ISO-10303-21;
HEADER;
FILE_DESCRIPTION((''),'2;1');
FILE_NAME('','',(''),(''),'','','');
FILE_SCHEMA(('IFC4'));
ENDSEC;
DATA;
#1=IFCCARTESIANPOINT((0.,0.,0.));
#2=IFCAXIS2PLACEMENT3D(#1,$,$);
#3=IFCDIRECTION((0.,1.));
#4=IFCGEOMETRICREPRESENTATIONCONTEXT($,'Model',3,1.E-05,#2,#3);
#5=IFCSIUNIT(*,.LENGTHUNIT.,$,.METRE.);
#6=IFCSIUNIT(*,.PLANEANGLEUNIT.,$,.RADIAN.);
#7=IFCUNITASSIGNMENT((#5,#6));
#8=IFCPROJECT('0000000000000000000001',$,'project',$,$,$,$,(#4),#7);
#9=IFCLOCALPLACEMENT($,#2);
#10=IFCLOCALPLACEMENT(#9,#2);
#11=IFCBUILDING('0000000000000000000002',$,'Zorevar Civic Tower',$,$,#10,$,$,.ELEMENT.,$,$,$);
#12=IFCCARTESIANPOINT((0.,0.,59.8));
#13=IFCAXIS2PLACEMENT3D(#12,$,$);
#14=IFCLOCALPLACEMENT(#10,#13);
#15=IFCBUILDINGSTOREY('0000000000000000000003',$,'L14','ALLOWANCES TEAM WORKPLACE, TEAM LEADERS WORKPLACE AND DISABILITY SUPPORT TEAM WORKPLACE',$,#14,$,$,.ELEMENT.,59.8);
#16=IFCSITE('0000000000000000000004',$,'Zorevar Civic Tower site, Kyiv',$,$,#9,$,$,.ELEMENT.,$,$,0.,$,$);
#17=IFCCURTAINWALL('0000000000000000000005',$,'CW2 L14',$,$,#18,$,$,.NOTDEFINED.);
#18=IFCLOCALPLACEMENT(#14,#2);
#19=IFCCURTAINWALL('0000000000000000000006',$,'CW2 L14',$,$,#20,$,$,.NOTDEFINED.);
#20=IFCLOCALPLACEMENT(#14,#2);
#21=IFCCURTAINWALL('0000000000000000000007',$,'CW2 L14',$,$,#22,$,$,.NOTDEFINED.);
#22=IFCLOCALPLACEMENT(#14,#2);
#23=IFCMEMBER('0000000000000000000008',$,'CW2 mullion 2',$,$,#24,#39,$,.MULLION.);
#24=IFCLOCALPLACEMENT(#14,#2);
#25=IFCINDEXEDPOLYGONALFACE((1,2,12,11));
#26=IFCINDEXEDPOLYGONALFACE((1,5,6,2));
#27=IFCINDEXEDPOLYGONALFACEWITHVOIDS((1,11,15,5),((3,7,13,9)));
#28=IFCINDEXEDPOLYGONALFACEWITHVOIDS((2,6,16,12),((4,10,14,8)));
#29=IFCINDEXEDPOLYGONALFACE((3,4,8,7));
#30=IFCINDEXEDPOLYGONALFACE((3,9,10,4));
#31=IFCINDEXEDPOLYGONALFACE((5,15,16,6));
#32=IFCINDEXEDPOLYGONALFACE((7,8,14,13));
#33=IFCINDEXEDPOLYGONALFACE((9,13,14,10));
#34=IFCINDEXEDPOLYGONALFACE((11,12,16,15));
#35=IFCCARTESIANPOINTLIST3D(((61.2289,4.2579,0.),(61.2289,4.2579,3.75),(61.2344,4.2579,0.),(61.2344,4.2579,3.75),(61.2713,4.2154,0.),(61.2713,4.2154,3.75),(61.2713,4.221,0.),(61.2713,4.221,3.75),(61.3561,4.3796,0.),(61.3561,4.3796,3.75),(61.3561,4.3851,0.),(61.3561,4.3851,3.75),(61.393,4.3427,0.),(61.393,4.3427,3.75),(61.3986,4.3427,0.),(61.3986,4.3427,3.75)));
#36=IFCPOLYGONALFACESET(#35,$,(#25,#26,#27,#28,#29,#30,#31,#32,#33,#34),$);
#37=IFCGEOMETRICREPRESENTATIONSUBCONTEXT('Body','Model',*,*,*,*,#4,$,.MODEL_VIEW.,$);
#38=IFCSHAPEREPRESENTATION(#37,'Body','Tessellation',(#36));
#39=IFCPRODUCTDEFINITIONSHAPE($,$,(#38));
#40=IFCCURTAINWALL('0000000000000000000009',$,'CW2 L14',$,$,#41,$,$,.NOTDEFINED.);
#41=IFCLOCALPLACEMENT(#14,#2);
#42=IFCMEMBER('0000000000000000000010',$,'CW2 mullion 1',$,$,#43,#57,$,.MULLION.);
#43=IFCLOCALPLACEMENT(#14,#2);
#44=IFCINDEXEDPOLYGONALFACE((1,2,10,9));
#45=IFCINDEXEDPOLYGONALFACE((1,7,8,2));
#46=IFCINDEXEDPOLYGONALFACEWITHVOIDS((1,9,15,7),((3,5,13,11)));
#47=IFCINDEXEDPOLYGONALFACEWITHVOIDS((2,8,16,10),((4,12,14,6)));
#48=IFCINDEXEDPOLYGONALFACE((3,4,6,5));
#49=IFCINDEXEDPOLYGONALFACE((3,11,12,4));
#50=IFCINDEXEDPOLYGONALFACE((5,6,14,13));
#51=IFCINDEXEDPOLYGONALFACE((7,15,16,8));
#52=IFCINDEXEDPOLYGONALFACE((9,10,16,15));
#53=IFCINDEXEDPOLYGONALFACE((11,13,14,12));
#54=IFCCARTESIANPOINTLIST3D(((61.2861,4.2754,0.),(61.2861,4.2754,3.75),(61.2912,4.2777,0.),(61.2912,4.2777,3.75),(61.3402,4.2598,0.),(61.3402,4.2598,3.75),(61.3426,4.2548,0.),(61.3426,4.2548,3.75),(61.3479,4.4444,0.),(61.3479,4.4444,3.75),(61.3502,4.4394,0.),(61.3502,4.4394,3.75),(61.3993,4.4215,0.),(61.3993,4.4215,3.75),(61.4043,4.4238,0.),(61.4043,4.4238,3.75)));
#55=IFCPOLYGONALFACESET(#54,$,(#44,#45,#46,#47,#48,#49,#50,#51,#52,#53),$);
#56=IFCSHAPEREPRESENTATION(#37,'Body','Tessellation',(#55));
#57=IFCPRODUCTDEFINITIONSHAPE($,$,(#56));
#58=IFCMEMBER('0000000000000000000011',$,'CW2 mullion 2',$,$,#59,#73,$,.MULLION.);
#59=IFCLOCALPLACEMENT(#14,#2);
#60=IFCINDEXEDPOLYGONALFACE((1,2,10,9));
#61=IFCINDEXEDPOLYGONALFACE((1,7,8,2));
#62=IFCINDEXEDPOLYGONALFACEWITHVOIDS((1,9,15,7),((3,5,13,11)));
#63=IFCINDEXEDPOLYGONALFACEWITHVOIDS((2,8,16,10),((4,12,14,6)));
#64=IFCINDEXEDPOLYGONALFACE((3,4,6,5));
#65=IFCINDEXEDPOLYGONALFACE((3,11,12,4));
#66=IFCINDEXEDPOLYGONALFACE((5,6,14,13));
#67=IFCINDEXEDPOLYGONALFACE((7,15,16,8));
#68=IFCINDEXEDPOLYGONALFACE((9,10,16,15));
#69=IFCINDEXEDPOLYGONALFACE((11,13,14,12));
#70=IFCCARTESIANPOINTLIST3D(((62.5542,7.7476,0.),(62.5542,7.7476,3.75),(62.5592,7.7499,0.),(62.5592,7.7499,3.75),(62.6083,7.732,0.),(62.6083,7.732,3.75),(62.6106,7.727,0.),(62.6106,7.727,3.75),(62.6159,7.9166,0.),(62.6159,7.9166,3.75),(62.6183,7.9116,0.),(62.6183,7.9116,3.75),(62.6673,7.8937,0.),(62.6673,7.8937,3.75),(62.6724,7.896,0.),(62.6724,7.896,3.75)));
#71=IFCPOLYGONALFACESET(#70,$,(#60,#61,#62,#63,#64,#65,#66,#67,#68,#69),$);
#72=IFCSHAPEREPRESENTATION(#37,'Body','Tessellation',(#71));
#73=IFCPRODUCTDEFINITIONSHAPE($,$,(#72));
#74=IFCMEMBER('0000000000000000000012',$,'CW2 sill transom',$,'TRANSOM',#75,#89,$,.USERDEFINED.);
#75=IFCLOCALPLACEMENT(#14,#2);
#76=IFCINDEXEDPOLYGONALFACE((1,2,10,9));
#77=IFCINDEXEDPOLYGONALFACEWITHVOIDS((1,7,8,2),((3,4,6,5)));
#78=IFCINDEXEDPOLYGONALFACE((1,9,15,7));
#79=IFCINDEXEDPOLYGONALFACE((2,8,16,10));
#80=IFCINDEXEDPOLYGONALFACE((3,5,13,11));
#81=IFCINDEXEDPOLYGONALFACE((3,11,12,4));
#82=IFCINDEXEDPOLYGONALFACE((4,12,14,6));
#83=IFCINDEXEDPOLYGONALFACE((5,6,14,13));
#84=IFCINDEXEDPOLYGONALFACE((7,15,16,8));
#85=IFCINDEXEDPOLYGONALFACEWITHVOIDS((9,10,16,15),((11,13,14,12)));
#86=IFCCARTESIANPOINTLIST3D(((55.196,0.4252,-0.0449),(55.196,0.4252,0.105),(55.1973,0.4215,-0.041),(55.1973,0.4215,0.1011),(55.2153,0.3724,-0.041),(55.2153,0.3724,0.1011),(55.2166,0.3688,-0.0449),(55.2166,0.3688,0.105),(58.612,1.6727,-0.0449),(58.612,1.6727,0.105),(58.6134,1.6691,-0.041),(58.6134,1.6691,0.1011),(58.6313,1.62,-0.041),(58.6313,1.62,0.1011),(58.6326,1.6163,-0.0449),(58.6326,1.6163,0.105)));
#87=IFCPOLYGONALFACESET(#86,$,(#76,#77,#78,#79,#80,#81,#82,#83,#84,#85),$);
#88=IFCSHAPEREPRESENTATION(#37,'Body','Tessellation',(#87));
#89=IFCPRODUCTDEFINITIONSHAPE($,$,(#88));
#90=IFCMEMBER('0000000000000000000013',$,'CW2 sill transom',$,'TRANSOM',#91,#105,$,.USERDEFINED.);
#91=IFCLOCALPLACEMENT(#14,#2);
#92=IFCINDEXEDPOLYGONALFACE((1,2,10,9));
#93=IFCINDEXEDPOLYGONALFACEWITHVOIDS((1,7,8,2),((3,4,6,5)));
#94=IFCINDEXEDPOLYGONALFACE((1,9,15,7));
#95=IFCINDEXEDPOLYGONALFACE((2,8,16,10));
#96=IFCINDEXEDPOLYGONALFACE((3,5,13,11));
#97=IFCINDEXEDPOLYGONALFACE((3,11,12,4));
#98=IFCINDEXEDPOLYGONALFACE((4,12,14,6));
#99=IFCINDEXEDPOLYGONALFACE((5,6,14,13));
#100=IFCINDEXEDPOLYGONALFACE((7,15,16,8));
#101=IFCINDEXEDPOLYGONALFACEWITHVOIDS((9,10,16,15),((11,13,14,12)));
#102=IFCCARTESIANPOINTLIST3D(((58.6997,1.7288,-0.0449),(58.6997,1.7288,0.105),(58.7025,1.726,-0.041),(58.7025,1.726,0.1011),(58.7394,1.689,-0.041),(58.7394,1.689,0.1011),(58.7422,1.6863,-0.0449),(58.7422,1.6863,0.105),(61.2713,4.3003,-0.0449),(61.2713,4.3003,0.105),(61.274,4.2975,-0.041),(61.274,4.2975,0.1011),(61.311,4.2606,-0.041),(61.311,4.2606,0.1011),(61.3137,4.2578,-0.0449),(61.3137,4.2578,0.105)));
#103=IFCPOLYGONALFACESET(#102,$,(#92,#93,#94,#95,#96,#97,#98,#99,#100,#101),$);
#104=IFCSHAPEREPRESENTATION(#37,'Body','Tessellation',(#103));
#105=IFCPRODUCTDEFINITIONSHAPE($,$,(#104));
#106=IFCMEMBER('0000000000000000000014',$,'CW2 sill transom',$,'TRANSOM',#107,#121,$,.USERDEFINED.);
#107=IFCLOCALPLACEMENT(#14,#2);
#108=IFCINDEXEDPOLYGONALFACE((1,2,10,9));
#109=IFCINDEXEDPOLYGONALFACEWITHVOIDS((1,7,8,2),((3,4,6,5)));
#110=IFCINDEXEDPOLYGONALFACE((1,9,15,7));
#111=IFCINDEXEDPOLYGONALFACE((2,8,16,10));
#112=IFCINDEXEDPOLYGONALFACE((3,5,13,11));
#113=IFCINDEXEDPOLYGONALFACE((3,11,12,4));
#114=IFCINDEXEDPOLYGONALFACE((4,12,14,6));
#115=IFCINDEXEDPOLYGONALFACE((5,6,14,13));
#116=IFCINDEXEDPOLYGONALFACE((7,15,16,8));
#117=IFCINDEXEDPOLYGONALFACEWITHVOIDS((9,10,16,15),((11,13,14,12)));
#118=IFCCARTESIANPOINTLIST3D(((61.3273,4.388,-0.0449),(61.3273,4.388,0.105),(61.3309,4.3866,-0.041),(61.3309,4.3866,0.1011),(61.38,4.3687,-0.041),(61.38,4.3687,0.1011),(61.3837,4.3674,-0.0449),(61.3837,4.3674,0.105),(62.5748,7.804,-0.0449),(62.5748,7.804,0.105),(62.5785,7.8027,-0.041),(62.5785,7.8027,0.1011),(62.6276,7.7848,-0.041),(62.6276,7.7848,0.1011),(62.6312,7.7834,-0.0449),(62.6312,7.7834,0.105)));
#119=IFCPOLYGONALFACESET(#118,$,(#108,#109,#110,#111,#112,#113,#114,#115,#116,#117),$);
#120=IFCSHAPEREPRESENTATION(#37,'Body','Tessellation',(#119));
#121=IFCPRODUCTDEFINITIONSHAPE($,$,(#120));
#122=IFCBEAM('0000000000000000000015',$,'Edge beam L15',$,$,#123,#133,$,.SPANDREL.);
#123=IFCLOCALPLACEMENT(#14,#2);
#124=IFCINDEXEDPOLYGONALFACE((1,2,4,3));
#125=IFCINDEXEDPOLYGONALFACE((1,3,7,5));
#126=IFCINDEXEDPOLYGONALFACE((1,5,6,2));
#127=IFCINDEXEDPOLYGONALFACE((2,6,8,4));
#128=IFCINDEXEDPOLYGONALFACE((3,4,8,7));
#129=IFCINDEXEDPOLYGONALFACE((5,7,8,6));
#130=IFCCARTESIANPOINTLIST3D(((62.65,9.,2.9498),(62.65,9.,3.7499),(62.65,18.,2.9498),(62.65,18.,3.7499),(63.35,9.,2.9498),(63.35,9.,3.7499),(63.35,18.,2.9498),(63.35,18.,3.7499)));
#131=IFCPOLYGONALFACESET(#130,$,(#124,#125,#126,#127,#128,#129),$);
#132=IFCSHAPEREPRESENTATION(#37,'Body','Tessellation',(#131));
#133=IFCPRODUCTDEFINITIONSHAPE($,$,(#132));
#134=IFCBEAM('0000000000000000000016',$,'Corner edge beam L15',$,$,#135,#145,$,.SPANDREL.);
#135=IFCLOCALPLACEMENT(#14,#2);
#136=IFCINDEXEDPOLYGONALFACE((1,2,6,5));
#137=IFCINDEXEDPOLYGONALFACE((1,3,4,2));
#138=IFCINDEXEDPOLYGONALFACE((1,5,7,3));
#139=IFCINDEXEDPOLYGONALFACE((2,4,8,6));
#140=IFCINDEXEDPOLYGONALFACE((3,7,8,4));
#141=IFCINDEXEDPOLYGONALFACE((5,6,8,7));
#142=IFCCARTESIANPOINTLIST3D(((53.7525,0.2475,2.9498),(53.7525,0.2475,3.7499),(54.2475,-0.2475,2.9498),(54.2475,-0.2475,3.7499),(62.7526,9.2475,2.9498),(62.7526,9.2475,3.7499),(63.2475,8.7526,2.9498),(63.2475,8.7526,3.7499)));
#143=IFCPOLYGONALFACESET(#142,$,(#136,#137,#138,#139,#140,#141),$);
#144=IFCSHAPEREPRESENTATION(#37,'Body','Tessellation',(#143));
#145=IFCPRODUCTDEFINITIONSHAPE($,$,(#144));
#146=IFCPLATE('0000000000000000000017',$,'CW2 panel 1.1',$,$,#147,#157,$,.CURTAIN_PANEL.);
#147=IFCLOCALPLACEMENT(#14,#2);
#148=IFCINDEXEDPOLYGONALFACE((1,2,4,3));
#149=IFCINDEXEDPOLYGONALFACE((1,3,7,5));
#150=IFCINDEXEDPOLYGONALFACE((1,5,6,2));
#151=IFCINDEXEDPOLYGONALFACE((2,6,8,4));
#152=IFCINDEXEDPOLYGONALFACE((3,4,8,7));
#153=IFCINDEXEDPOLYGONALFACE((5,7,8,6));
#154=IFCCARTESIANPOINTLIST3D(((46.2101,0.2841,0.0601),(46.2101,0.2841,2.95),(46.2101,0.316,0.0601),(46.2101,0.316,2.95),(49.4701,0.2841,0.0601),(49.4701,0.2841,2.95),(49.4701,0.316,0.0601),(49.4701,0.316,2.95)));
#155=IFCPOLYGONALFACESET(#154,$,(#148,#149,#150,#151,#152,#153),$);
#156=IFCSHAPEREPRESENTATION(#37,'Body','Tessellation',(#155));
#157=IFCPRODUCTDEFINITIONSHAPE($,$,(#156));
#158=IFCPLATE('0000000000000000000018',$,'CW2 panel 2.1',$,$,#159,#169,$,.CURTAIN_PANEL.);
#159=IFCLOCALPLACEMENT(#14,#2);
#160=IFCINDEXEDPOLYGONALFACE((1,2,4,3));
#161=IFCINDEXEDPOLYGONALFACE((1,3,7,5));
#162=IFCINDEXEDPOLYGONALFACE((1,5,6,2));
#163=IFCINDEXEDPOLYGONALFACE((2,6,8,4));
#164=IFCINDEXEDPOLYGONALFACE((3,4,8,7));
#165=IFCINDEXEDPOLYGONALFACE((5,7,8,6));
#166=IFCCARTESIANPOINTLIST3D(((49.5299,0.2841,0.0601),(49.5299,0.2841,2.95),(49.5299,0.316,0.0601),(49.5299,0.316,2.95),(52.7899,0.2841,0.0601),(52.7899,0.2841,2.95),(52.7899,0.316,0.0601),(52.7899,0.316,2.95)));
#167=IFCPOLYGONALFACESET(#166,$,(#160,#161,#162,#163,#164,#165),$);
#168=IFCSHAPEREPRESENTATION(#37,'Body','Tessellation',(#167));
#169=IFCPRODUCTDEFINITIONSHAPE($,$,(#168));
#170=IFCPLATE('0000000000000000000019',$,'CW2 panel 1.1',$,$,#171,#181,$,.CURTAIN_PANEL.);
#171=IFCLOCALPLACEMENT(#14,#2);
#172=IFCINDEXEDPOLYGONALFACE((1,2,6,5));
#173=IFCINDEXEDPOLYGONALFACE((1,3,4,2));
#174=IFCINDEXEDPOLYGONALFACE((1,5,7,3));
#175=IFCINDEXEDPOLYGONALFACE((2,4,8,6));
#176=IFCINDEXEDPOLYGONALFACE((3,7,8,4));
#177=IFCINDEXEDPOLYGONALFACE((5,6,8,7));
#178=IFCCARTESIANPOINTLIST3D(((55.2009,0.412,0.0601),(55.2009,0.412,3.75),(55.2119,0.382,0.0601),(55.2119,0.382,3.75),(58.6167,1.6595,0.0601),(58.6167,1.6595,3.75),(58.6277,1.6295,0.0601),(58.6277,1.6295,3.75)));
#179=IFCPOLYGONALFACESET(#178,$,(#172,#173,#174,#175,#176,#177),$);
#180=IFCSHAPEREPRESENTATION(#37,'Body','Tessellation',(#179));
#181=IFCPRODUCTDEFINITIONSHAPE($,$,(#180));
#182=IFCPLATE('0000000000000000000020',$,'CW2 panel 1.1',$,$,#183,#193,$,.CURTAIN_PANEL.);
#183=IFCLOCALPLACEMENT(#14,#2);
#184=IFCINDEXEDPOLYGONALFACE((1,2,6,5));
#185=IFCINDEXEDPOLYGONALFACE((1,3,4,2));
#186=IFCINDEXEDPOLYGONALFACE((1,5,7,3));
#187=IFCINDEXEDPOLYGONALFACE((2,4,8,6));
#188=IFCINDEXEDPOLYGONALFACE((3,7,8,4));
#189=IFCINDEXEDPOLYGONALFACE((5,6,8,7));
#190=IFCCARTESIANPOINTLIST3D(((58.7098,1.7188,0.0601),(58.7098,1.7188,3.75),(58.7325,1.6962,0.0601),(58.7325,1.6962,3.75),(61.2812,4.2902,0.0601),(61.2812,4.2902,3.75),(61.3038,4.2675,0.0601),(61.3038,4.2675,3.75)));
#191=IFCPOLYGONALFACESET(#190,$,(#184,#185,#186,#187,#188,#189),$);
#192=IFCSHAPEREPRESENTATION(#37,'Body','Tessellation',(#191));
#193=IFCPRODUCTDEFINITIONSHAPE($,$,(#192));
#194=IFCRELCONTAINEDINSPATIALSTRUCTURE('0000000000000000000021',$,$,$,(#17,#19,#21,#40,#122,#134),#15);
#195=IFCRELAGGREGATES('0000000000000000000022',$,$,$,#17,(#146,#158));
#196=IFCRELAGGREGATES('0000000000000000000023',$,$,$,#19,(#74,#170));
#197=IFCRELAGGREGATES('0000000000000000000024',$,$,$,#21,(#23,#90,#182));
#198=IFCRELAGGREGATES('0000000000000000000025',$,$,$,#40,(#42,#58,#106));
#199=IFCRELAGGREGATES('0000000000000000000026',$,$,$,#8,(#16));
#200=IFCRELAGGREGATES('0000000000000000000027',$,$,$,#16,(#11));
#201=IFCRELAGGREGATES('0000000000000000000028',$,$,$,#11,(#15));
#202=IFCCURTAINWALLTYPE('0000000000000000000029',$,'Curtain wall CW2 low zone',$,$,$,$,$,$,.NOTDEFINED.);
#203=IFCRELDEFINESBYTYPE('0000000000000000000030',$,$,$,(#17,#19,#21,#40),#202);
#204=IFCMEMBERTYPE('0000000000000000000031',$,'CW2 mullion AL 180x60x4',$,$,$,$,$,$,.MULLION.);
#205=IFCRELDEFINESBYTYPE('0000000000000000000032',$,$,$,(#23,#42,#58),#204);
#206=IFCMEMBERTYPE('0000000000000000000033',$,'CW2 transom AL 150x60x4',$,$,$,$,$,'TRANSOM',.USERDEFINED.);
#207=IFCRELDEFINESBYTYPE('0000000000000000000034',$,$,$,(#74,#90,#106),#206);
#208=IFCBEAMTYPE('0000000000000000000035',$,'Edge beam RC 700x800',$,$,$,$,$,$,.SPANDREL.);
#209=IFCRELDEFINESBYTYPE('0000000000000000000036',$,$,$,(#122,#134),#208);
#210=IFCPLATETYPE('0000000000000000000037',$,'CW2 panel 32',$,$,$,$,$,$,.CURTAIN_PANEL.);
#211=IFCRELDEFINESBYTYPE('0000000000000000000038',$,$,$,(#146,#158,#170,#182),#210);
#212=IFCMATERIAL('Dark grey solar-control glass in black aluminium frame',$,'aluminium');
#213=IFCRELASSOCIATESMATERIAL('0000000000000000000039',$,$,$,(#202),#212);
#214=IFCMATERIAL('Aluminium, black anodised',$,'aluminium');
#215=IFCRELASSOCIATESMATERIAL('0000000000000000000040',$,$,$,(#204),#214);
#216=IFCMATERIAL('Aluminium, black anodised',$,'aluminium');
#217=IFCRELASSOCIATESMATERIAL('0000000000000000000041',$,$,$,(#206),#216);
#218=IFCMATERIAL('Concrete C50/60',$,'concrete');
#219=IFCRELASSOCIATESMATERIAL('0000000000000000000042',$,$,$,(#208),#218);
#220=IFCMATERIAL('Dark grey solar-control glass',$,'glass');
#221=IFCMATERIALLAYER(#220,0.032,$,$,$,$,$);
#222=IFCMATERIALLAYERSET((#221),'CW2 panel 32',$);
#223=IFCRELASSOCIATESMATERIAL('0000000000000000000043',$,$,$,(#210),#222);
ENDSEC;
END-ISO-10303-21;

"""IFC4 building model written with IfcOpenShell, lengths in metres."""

from ifc_helpers import new_model, si_unit, direction, frame, origin, origin_2d, place, context, subcontext, project, spatial, rectangle, hollow_rectangle, extrude, material, layer, layer_set, material_profile, profile_set, type_object, element, aggregate, save


model = new_model("IFC4")

# Units and contexts
model_context = context("Model", 3, precision=1e-05, world=origin(), true_north=direction((0.0, 1.0)))
body_context = subcontext(model_context, "Body", "Model", "MODEL_VIEW")
ifc_project = project(units=[si_unit("LENGTHUNIT", "METRE"), si_unit("PLANEANGLEUNIT", "RADIAN")], contexts=[model_context])

# Site, building, storey
site_placement = place(None, origin())
site = spatial("IfcSite", under=ifc_project, at=site_placement, Name="Zorevar Civic Tower site, Kyiv", CompositionType="ELEMENT", RefElevation=0.0)
building_placement = place(site_placement, origin())
building = spatial("IfcBuilding", under=site, at=building_placement, Name="Zorevar Civic Tower", CompositionType="ELEMENT")
storey_placement = place(building_placement, frame((0.0, 0.0, 59.8)))
storey = spatial("IfcBuildingStorey", under=building, at=storey_placement, Name="L14", Description="ALLOWANCES TEAM WORKPLACE, TEAM LEADERS WORKPLACE AND DISABILITY SUPPORT TEAM WORKPLACE", CompositionType="ELEMENT", Elevation=59.8)

# Curtain wall
ifc_material_1 = material(Name="Dark grey solar-control glass in black aluminium frame", Category="aluminium")
curtain_wall_type = type_object("IfcCurtainWallType", Name="Curtain wall CW2 low zone", PredefinedType="NOTDEFINED", material=ifc_material_1)
curtain_wall_1_placement = place(storey_placement, origin())
curtain_wall_1 = element("IfcCurtainWall", 1, at=curtain_wall_1_placement, inside=storey, type_object=curtain_wall_type, Name="CW2 L14", PredefinedType="NOTDEFINED")
ifc_material_2 = material(Name="Aluminium, black anodised", Category="aluminium")
ifc_material_profile_1 = material_profile(ifc_material_2, hollow_rectangle(XDim=0.0601, YDim=0.1799, WallThickness=0.0039, at=origin_2d()), Name="AL 180x60x4")
ifc_profile_set_1 = profile_set([ifc_material_profile_1], Name="Aluminium, black anodised")
member_type_1 = type_object("IfcMemberType", Name="CW2 mullion AL 180x60x4", PredefinedType="MULLION", material=ifc_profile_set_1)

# Curtain walls, members
curtain_wall_2_placement = place(storey_placement, origin())
curtain_wall_2 = element("IfcCurtainWall", 2, at=curtain_wall_2_placement, inside=storey, type_object=curtain_wall_type, Name="CW2 L14", PredefinedType="NOTDEFINED")
curtain_wall_3_placement = place(storey_placement, origin())
curtain_wall_3 = element("IfcCurtainWall", 3, at=curtain_wall_3_placement, inside=storey, type_object=curtain_wall_type, Name="CW2 L14", PredefinedType="NOTDEFINED")
member_1_placement = place(storey_placement, frame((61.3137, 4.3003, 0.0), z_axis=(0.0, 0.0, 1.0), x_axis=(-0.707107, 0.707107, 0.0)))
member_1 = element("IfcMember", 4, at=member_1_placement, type_object=member_type_1, Name="CW2 mullion 2", PredefinedType="MULLION", context=body_context, shape_type="SweptSolid", body=[
    extrude(hollow_rectangle(XDim=0.0601, YDim=0.1799, WallThickness=0.0039, at=origin_2d()), origin(), (0.0, 0.0, 1.0), 3.75),
])
curtain_wall_4_placement = place(storey_placement, origin())
curtain_wall_4 = element("IfcCurtainWall", 5, at=curtain_wall_4_placement, inside=storey, type_object=curtain_wall_type, Name="CW2 L14", PredefinedType="NOTDEFINED")
member_2_placement = place(storey_placement, frame((61.3452, 4.3496, 0.0), z_axis=(0.0, 0.0, 1.0), x_axis=(-0.939313, 0.34306, 0.0)))
member_2 = element("IfcMember", 6, at=member_2_placement, type_object=member_type_1, Name="CW2 mullion 1", PredefinedType="MULLION", context=body_context, shape_type="SweptSolid", body=[
    extrude(hollow_rectangle(XDim=0.0601, YDim=0.1799, WallThickness=0.0039, at=origin_2d()), origin(), (0.0, 0.0, 1.0), 3.75),
])
member_3_placement = place(storey_placement, frame((62.6133, 7.8218, 0.0), z_axis=(0.0, 0.0, 1.0), x_axis=(-0.939313, 0.34306, 0.0)))
member_3 = element("IfcMember", 7, at=member_3_placement, type_object=member_type_1, Name="CW2 mullion 2", PredefinedType="MULLION", context=body_context, shape_type="SweptSolid", body=[
    extrude(hollow_rectangle(XDim=0.0601, YDim=0.1799, WallThickness=0.0039, at=origin_2d()), origin(), (0.0, 0.0, 1.0), 3.75),
])

# Members
ifc_material_3 = material(Name="Aluminium, black anodised", Category="aluminium")
ifc_material_profile_2 = material_profile(ifc_material_3, hollow_rectangle(XDim=0.0601, YDim=0.1499, WallThickness=0.0039, at=origin_2d()), Name="AL 150x60x4")
ifc_profile_set_2 = profile_set([ifc_material_profile_2], Name="Aluminium, black anodised")
member_type_2 = type_object("IfcMemberType", Name="CW2 transom AL 150x60x4", ElementType="TRANSOM", PredefinedType="USERDEFINED", material=ifc_profile_set_2)
member_4_placement = place(storey_placement, frame((55.2063, 0.397, 0.03), z_axis=(0.939318, 0.343047, 0.0), x_axis=(-0.343047, 0.939318, 0.0)))
member_4 = element("IfcMember", 8, at=member_4_placement, type_object=member_type_2, Name="CW2 sill transom", ObjectType="TRANSOM", PredefinedType="USERDEFINED", context=body_context, shape_type="SweptSolid", body=[
    extrude(hollow_rectangle(XDim=0.0601, YDim=0.1499, WallThickness=0.0039, at=origin_2d()), origin(), (0.0, 0.0, 1.0), 3.6367),
])
member_5_placement = place(storey_placement, frame((58.7209, 1.7075, 0.03), z_axis=(0.707107, 0.707107, 0.0), x_axis=(-0.707107, 0.707107, 0.0)))
member_5 = element("IfcMember", 9, at=member_5_placement, type_object=member_type_2, Name="CW2 sill transom", ObjectType="TRANSOM", PredefinedType="USERDEFINED", context=body_context, shape_type="SweptSolid", body=[
    extrude(hollow_rectangle(XDim=0.0601, YDim=0.1499, WallThickness=0.0039, at=origin_2d()), origin(), (0.0, 0.0, 1.0), 3.6367),
])
member_6_placement = place(storey_placement, frame((61.3555, 4.3777, 0.03), z_axis=(0.343047, 0.939318, 0.0), x_axis=(-0.939318, 0.343047, 0.0)))
member_6 = element("IfcMember", 10, at=member_6_placement, type_object=member_type_2, Name="CW2 sill transom", ObjectType="TRANSOM", PredefinedType="USERDEFINED", context=body_context, shape_type="SweptSolid", body=[
    extrude(hollow_rectangle(XDim=0.0601, YDim=0.1499, WallThickness=0.0039, at=origin_2d()), origin(), (0.0, 0.0, 1.0), 3.6367),
])

# Beams
ifc_material_4 = material(Name="Concrete C50/60", Category="concrete")
ifc_material_profile_3 = material_profile(ifc_material_4, rectangle(XDim=0.7, YDim=0.8, at=origin_2d()), Name="RC 700x800")
ifc_profile_set_3 = profile_set([ifc_material_profile_3], Name="Concrete C50/60")
beam_type_1 = type_object("IfcBeamType", Name="Edge beam RC 700x800", PredefinedType="SPANDREL", material=ifc_profile_set_3)
beam_1_placement = place(storey_placement, frame((63.0, 9.0, 3.3499), z_axis=(0.0, 1.0, 0.0), x_axis=(-1.0, 0.0, 0.0)))
element("IfcBeam", 11, at=beam_1_placement, inside=storey, type_object=beam_type_1, Name="Edge beam L15", PredefinedType="SPANDREL", context=body_context, shape_type="SweptSolid", body=[
    extrude(rectangle(XDim=0.7, YDim=0.8, at=origin_2d()), origin(), (0.0, 0.0, 1.0), 9.0),
])
beam_2_placement = place(storey_placement, frame((54.0, 0.0, 3.3499), z_axis=(0.707107, 0.707107, 0.0), x_axis=(-0.707107, 0.707107, 0.0)))
element("IfcBeam", 12, at=beam_2_placement, inside=storey, type_object=beam_type_1, Name="Corner edge beam L15", PredefinedType="SPANDREL", context=body_context, shape_type="SweptSolid", body=[
    extrude(rectangle(XDim=0.7, YDim=0.8, at=origin_2d()), origin(), (0.0, 0.0, 1.0), 12.728),
])

# Plates
ifc_material_5 = material(Name="Dark grey solar-control glass", Category="glass")
ifc_layer_1 = layer(ifc_material_5, 0.032)
ifc_layer_set_1 = layer_set([ifc_layer_1], Name="CW2 panel 32")
plate_type = type_object("IfcPlateType", Name="CW2 panel 32", PredefinedType="CURTAIN_PANEL", material=ifc_layer_set_1)
plate_1_placement = place(storey_placement, frame((47.8401, 0.3, 0.0601), z_axis=(0.0, 0.0, 1.0), x_axis=(1.0, 0.0, 0.0)))
plate_1 = element("IfcPlate", 13, at=plate_1_placement, type_object=plate_type, Name="CW2 panel 1.1", PredefinedType="CURTAIN_PANEL", context=body_context, shape_type="SweptSolid", body=[
    extrude(rectangle(XDim=3.26, YDim=0.032, at=origin_2d()), origin(), (0.0, 0.0, 1.0), 2.8899),
])
plate_2_placement = place(storey_placement, frame((51.1599, 0.3, 0.0601), z_axis=(0.0, 0.0, 1.0), x_axis=(1.0, 0.0, 0.0)))
plate_2 = element("IfcPlate", 14, at=plate_2_placement, type_object=plate_type, Name="CW2 panel 2.1", PredefinedType="CURTAIN_PANEL", context=body_context, shape_type="SweptSolid", body=[
    extrude(rectangle(XDim=3.26, YDim=0.032, at=origin_2d()), origin(), (0.0, 0.0, 1.0), 2.8899),
])
aggregate(curtain_wall_1, [plate_1, plate_2])
plate_3_placement = place(storey_placement, frame((56.9143, 1.0208, 0.0601), z_axis=(0.0, 0.0, 1.0), x_axis=(0.939313, 0.34306, 0.0)))
plate_3 = element("IfcPlate", 15, at=plate_3_placement, type_object=plate_type, Name="CW2 panel 1.1", PredefinedType="CURTAIN_PANEL", context=body_context, shape_type="SweptSolid", body=[
    extrude(rectangle(XDim=3.6365, YDim=0.032, at=origin_2d()), origin(), (0.0, 0.0, 1.0), 3.6899),
])
aggregate(curtain_wall_2, [member_4, plate_3])
plate_4_placement = place(storey_placement, frame((60.0068, 2.9932, 0.0601), z_axis=(0.0, 0.0, 1.0), x_axis=(0.707107, 0.707107, 0.0)))
plate_4 = element("IfcPlate", 16, at=plate_4_placement, type_object=plate_type, Name="CW2 panel 1.1", PredefinedType="CURTAIN_PANEL", context=body_context, shape_type="SweptSolid", body=[
    extrude(rectangle(XDim=3.6365, YDim=0.032, at=origin_2d()), origin(), (0.0, 0.0, 1.0), 3.6899),
])
aggregate(curtain_wall_3, [member_1, member_5, plate_4])
aggregate(curtain_wall_4, [member_2, member_3, member_6])

save(model, "model.ifc")
